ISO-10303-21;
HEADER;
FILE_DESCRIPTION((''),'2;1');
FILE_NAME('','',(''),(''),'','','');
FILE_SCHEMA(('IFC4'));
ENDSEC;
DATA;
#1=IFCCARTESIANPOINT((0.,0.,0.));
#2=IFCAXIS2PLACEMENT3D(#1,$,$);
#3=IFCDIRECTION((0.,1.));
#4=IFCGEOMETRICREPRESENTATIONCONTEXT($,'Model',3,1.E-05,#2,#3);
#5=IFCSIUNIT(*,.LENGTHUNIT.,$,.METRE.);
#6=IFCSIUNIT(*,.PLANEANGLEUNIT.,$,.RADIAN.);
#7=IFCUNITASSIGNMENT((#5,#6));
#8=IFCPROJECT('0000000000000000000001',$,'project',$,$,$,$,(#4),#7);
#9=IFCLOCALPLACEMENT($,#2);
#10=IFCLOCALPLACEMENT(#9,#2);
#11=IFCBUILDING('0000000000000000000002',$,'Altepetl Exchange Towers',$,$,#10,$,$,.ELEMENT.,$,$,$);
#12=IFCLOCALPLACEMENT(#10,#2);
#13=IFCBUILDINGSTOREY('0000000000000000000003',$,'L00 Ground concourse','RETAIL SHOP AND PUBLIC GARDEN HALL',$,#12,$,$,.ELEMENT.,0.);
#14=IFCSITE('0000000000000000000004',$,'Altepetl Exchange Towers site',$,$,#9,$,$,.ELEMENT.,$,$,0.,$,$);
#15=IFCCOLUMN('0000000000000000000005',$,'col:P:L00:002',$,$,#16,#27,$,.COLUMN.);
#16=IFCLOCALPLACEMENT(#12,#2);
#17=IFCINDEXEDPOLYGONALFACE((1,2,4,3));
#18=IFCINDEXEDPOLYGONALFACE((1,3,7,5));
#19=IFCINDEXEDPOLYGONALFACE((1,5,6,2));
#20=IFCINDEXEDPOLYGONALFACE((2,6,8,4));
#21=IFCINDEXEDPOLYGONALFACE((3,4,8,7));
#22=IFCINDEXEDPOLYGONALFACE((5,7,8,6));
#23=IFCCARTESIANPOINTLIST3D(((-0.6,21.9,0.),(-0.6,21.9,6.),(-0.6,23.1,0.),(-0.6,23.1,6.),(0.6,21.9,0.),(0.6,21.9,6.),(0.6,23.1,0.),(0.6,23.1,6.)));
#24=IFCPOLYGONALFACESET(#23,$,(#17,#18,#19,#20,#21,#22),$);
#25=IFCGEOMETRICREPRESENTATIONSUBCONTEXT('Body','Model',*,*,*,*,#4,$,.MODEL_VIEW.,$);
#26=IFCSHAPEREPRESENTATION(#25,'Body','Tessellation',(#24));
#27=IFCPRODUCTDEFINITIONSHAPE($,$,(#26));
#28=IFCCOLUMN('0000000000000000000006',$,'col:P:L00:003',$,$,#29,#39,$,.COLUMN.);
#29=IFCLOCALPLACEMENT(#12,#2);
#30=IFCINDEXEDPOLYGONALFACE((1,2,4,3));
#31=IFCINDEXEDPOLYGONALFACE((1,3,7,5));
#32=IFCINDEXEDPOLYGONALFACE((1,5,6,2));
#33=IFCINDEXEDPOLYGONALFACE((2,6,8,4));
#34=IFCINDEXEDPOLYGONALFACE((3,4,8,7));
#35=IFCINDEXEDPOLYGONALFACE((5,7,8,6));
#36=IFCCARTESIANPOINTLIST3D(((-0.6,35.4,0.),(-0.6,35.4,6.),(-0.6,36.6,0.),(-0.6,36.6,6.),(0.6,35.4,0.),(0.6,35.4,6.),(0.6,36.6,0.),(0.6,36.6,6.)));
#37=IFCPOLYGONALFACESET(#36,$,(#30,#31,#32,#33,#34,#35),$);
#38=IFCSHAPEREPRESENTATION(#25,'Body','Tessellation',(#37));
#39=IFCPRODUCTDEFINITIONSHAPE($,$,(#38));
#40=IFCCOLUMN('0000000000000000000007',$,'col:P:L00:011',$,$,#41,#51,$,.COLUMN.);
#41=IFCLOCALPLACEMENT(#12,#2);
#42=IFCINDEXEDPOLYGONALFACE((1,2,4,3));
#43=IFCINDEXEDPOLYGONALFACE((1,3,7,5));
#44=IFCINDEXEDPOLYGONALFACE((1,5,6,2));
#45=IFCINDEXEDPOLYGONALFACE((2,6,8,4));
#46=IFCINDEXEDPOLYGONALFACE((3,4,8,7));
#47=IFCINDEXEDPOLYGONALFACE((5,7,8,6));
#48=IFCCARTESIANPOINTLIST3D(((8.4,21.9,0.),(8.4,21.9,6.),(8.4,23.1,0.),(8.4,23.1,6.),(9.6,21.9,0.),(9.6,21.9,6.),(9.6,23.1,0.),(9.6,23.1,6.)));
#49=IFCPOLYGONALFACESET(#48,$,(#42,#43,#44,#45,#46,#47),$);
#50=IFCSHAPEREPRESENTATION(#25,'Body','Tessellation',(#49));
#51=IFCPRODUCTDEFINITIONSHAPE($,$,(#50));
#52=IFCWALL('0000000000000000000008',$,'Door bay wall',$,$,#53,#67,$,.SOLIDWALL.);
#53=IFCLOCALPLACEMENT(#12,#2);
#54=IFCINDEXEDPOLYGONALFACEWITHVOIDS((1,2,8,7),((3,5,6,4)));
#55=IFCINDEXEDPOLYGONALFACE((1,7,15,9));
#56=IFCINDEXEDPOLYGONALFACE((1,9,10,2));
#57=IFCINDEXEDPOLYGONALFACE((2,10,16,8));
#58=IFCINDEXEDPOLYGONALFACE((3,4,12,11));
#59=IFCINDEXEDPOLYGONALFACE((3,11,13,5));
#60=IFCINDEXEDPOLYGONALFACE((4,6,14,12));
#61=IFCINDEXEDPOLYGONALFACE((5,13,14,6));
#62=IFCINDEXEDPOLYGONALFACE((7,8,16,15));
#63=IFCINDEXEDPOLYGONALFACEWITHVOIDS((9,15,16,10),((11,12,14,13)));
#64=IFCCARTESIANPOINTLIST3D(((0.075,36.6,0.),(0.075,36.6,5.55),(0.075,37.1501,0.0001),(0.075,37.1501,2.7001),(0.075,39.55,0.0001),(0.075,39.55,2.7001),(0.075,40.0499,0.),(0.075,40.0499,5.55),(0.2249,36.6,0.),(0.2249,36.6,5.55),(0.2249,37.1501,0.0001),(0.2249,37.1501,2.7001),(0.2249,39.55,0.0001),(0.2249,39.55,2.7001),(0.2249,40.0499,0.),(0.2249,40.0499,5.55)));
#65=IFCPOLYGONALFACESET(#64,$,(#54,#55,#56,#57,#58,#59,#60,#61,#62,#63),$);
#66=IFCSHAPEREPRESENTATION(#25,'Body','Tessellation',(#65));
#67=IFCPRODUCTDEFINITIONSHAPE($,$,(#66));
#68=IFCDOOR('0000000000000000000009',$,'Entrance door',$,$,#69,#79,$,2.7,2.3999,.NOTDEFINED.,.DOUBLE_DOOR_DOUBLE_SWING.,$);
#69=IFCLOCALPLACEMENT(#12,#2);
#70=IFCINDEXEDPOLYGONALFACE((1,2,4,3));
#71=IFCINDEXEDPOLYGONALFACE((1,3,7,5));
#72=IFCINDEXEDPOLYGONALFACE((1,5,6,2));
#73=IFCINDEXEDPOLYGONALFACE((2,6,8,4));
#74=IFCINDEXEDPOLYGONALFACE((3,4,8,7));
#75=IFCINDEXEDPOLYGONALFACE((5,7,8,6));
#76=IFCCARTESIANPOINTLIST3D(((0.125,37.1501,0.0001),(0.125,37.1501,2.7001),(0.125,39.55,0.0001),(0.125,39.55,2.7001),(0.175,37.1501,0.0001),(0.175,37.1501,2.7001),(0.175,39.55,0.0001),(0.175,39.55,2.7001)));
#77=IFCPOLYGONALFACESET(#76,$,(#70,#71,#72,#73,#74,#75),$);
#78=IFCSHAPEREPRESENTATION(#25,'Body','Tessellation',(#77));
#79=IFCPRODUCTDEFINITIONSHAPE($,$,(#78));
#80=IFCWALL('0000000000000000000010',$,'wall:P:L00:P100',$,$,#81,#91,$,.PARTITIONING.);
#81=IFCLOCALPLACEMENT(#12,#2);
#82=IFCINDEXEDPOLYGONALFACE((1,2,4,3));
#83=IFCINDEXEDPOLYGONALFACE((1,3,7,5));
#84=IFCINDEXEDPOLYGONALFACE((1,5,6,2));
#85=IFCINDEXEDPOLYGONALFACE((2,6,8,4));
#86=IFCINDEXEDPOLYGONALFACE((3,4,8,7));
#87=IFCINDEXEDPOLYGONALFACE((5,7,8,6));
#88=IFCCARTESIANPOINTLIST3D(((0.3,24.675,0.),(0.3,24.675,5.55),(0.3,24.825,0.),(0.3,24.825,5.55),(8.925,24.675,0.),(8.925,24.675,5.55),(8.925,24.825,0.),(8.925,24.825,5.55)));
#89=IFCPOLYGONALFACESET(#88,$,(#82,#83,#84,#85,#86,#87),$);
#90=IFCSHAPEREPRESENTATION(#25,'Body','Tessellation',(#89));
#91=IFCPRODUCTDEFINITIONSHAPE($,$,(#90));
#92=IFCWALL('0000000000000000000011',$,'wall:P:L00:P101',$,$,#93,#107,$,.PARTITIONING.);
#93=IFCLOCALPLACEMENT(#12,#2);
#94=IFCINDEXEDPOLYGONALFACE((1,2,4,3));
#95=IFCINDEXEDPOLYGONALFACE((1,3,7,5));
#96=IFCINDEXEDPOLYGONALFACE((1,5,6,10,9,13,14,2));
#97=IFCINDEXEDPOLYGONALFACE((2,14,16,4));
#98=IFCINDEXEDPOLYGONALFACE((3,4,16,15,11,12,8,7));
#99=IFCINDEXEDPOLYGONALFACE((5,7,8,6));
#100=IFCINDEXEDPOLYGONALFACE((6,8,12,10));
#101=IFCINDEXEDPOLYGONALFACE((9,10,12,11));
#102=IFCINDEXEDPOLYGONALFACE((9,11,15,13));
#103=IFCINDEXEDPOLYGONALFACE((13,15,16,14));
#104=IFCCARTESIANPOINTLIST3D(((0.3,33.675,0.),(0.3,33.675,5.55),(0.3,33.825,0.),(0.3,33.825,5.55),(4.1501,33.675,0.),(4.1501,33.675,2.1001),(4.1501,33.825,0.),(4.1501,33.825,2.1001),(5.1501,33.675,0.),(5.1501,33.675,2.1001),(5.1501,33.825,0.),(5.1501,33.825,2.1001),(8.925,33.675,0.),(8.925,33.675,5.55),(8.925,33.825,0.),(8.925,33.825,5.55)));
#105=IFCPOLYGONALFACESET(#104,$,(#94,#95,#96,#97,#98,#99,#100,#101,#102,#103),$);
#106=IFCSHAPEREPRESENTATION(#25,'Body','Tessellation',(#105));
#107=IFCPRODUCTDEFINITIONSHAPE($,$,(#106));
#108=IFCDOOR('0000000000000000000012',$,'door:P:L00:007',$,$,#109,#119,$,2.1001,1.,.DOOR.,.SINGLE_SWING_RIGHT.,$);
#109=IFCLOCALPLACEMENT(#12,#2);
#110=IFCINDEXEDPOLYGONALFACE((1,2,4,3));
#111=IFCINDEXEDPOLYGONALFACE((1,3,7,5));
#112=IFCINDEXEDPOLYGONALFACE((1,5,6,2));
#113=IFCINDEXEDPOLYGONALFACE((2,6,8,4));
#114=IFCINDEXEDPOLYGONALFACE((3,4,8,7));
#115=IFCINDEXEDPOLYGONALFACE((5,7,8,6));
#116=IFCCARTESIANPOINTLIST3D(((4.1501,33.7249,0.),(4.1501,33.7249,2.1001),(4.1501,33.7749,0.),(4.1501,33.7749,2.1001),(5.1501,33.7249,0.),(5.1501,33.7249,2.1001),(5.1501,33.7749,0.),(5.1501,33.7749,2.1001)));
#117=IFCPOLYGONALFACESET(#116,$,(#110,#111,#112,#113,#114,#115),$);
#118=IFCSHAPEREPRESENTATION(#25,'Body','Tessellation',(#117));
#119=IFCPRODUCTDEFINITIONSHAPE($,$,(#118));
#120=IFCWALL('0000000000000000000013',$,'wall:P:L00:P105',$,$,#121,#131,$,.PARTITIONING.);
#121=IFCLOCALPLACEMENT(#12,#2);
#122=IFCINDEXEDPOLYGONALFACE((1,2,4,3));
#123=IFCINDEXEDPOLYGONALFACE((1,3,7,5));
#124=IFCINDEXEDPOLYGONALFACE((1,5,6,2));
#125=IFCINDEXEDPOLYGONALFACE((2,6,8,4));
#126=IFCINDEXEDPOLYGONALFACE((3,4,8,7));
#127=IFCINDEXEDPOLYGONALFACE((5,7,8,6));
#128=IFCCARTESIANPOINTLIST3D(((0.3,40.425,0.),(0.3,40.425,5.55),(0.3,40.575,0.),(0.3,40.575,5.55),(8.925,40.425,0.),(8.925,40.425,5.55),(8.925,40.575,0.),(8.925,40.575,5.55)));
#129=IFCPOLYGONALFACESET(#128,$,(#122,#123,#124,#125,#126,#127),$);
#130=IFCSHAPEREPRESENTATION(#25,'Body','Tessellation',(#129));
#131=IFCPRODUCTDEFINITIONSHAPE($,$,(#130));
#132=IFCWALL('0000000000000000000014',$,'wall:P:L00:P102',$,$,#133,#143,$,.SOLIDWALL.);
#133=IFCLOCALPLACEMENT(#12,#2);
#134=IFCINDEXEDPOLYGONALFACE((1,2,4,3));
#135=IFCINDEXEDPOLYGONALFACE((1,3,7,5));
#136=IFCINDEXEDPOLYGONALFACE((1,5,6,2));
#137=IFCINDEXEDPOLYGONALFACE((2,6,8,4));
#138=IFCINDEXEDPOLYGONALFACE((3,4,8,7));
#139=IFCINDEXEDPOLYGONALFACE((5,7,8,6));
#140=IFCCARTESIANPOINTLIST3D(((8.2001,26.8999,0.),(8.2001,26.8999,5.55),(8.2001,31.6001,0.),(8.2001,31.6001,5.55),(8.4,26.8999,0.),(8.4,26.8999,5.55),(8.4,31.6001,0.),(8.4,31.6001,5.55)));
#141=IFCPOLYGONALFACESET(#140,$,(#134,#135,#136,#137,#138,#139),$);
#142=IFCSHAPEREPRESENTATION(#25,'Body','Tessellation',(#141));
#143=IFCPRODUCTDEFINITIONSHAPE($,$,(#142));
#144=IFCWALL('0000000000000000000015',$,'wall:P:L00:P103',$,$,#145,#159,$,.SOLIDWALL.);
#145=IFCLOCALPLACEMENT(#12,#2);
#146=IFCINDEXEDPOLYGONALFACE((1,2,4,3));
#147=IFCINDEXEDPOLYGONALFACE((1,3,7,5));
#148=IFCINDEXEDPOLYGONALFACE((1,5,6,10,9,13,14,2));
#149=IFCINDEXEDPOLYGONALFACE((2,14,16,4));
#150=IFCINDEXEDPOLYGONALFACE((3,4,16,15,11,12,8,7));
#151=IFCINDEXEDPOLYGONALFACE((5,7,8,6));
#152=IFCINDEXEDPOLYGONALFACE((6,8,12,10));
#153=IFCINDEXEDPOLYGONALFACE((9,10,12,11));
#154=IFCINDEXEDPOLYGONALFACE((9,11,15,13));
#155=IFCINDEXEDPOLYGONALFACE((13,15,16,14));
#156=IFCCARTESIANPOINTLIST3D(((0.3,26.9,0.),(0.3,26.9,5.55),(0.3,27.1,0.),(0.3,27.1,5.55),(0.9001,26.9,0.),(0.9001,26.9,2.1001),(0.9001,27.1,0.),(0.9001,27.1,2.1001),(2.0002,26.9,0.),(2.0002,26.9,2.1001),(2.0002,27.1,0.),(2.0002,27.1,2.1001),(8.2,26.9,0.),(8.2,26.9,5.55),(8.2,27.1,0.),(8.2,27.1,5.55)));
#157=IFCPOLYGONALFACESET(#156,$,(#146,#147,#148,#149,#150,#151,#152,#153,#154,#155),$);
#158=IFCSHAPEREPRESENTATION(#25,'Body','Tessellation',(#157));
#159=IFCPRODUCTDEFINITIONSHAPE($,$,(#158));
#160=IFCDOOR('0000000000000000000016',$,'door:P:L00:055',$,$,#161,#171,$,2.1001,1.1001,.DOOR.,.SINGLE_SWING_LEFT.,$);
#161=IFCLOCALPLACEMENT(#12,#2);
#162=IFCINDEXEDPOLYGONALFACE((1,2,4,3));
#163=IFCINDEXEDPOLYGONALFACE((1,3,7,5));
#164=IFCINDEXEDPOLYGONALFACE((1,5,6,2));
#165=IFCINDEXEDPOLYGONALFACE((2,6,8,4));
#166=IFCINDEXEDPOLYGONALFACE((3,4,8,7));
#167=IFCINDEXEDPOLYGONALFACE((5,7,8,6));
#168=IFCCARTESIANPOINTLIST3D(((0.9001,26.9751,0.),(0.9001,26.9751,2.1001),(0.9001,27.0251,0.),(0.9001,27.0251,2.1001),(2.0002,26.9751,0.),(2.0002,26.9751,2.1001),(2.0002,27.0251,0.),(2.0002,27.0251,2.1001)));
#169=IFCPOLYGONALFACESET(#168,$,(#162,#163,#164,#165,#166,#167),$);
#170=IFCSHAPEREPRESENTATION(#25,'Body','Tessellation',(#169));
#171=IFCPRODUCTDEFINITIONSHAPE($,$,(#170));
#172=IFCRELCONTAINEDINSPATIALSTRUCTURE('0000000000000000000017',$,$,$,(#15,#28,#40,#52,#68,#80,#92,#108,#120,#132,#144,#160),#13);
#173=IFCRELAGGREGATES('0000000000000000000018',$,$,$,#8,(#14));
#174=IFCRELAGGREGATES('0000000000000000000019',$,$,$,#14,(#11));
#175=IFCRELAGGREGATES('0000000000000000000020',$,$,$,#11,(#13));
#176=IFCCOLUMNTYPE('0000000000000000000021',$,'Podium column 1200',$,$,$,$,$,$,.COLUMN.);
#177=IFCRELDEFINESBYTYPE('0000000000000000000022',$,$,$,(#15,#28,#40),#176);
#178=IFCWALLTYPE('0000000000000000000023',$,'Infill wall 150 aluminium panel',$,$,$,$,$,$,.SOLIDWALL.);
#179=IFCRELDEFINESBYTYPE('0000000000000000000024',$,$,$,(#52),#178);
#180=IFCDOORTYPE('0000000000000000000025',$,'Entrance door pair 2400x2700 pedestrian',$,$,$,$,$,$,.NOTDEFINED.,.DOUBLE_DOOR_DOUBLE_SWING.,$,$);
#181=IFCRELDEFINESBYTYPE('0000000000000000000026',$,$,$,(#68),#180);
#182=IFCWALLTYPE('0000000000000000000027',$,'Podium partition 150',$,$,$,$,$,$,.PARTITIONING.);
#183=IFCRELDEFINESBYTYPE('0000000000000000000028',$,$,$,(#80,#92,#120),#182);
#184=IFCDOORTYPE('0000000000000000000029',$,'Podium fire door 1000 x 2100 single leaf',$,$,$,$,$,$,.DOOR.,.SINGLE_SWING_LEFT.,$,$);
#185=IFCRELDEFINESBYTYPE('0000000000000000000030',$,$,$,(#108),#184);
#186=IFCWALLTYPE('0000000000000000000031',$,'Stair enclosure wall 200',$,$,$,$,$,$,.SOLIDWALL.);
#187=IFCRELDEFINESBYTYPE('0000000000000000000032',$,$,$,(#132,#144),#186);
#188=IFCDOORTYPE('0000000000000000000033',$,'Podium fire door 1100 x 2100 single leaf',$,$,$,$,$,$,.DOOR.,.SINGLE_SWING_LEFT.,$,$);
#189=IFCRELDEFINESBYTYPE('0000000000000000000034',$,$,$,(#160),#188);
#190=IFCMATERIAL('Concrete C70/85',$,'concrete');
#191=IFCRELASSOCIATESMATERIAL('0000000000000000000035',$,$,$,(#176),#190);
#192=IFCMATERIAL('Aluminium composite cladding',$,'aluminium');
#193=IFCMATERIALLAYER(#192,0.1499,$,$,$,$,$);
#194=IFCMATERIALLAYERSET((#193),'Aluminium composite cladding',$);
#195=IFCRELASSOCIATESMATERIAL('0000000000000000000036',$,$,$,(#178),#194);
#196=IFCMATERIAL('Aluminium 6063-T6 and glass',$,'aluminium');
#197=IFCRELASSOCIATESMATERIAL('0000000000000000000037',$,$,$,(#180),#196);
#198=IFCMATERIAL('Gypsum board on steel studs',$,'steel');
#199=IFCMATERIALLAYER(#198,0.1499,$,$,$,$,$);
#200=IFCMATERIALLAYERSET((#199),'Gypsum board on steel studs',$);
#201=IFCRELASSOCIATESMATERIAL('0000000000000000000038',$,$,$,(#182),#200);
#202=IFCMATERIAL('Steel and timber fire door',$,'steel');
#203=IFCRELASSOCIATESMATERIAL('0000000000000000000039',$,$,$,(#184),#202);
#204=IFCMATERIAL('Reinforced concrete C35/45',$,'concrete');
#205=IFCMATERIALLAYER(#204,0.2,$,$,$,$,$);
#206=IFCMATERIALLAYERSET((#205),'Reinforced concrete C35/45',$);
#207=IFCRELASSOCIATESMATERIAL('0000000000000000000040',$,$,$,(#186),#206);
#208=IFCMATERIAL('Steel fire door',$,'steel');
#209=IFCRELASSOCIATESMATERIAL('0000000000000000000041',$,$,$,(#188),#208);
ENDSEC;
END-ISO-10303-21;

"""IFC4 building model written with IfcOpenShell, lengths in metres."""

from ifc_helpers import new_model, si_unit, direction, frame, frame_2d, origin, origin_2d, place, context, subcontext, project, spatial, rectangle, extrude, material, layer, layer_set, material_profile, profile_set, type_object, element, fill, save


model = new_model("IFC4")

# Units and contexts
model_context = context("Model", 3, precision=1e-05, world=origin(), true_north=direction((0.0, 1.0)))
body_context = subcontext(model_context, "Body", "Model", "MODEL_VIEW")
ifc_project = project(units=[si_unit("LENGTHUNIT", "METRE"), si_unit("PLANEANGLEUNIT", "RADIAN")], contexts=[model_context])

# Site, building, storey
site_placement = place(None, origin())
site = spatial("IfcSite", under=ifc_project, at=site_placement, Name="Altepetl Exchange Towers site", CompositionType="ELEMENT", RefElevation=0.0)
building_placement = place(site_placement, origin())
building = spatial("IfcBuilding", under=site, at=building_placement, Name="Altepetl Exchange Towers", CompositionType="ELEMENT")
storey_placement = place(building_placement, origin())
storey = spatial("IfcBuildingStorey", under=building, at=storey_placement, Name="L00 Ground concourse", Description="RETAIL SHOP AND PUBLIC GARDEN HALL", CompositionType="ELEMENT", Elevation=0.0)

# Columns
ifc_material_1 = material(Name="Concrete C70/85", Category="concrete")
ifc_material_profile = material_profile(ifc_material_1, rectangle(XDim=1.2, YDim=1.2, at=origin_2d()), Name="1200 x 1200")
ifc_profile_set = profile_set([ifc_material_profile], Name="Concrete C70/85")
column_type = type_object("IfcColumnType", Name="Podium column 1200", PredefinedType="COLUMN", material=ifc_profile_set)
for number, where, name in (
    (1, (0.0, 22.5, 0.0), "col:P:L00:002"),
    (2, (0.0, 36.0, 0.0), "col:P:L00:003"),
    (3, (9.0, 22.5, 0.0), "col:P:L00:011"),
):
    element("IfcColumn", number, at=place(storey_placement, frame(where)), inside=storey, type_object=column_type, Name=name, PredefinedType="COLUMN", context=body_context, shape_type="SweptSolid", body=[
        extrude(rectangle(XDim=1.2, YDim=1.2, at=origin_2d()), origin(), (0.0, 0.0, 1.0), 6.0),
    ])

# Wall, opening, door
ifc_material_2 = material(Name="Aluminium composite cladding", Category="aluminium")
ifc_layer_1 = layer(ifc_material_2, 0.1499)
ifc_layer_set_1 = layer_set([ifc_layer_1], Name="Aluminium composite cladding")
wall_type_1 = type_object("IfcWallType", Name="Infill wall 150 aluminium panel", PredefinedType="SOLIDWALL", material=ifc_layer_set_1)
wall_1_placement = place(storey_placement, frame((0.1499, 40.05, 0.0), z_axis=(0.0, 0.0, 1.0), x_axis=(0.0, -1.0, 0.0)))
wall_1 = element("IfcWall", 4, at=wall_1_placement, inside=storey, type_object=wall_type_1, Name="Door bay wall", PredefinedType="SOLIDWALL", context=body_context, shape_type="SweptSolid", body=[
    extrude(rectangle(XDim=3.45, YDim=0.1499, at=frame_2d((1.7251, 0.0))), origin(), (0.0, 0.0, 1.0), 5.55),
])
opening_1_placement = place(wall_1_placement, frame((0.5, 0.0, 0.0)))
opening_1 = element("IfcOpeningElement", 5, at=opening_1_placement, cuts=wall_1, PredefinedType="OPENING", context=body_context, shape_type="SweptSolid", body=[
    extrude(rectangle(XDim=2.3999, YDim=2.7, at=frame_2d((1.2, 1.3501))), frame((0.0, 0.085, 0.0), z_axis=(0.0, -1.0, 0.0), x_axis=(1.0, 0.0, 0.0)), (0.0, 0.0, 1.0), 0.1699),
])
ifc_material_3 = material(Name="Aluminium 6063-T6 and glass", Category="aluminium")
door_type_1 = type_object("IfcDoorType", Name="Entrance door pair 2400x2700 pedestrian", OperationType="DOUBLE_DOOR_DOUBLE_SWING", PredefinedType="NOTDEFINED", material=ifc_material_3)
door_1_placement = place(opening_1_placement, frame((2.3999, 0.0, 0.0), x_axis=(-1.0, 0.0, 0.0)))
door_1 = element("IfcDoor", 6, at=door_1_placement, inside=storey, type_object=door_type_1, Name="Entrance door", OperationType="DOUBLE_DOOR_DOUBLE_SWING", OverallHeight=2.7, OverallWidth=2.3999, PredefinedType="NOTDEFINED", context=body_context, shape_type="SweptSolid", body=[
    extrude(rectangle(XDim=2.3999, YDim=2.7, at=frame_2d((1.2, 1.3501))), frame((0.0, 0.0249, 0.0), z_axis=(0.0, -1.0, 0.0), x_axis=(1.0, 0.0, 0.0)), (0.0, 0.0, 1.0), 0.05),
])
fill(opening_1, door_1)

# Wall
ifc_material_4 = material(Name="Gypsum board on steel studs", Category="steel")
ifc_layer_2 = layer(ifc_material_4, 0.1499)
ifc_layer_set_2 = layer_set([ifc_layer_2], Name="Gypsum board on steel studs")
wall_type_2 = type_object("IfcWallType", Name="Podium partition 150", PredefinedType="PARTITIONING", material=ifc_layer_set_2)
wall_2_placement = place(storey_placement, frame((0.3, 24.75, 0.0)))
element("IfcWall", 7, at=wall_2_placement, inside=storey, type_object=wall_type_2, Name="wall:P:L00:P100", PredefinedType="PARTITIONING", context=body_context, shape_type="SweptSolid", body=[
    extrude(rectangle(XDim=8.625, YDim=0.1499, at=frame_2d((4.3125, 0.0))), origin(), (0.0, 0.0, 1.0), 5.55),
])

# Wall, opening, door
wall_3_placement = place(storey_placement, frame((0.3, 33.75, 0.0)))
wall_3 = element("IfcWall", 8, at=wall_3_placement, inside=storey, type_object=wall_type_2, Name="wall:P:L00:P101", PredefinedType="PARTITIONING", context=body_context, shape_type="SweptSolid", body=[
    extrude(rectangle(XDim=8.625, YDim=0.1499, at=frame_2d((4.3125, 0.0))), origin(), (0.0, 0.0, 1.0), 5.55),
])
opening_2_placement = place(wall_3_placement, frame((3.8501, 0.0, 0.0)))
opening_2 = element("IfcOpeningElement", 9, at=opening_2_placement, cuts=wall_3, PredefinedType="OPENING", context=body_context, shape_type="SweptSolid", body=[
    extrude(rectangle(XDim=1.0, YDim=2.1001, at=frame_2d((0.5, 1.05))), frame((0.0, 0.085, 0.0), z_axis=(0.0, -1.0, 0.0), x_axis=(1.0, 0.0, 0.0)), (0.0, 0.0, 1.0), 0.1699),
])
ifc_material_5 = material(Name="Steel and timber fire door", Category="steel")
door_type_2 = type_object("IfcDoorType", Name="Podium fire door 1000 x 2100 single leaf", OperationType="SINGLE_SWING_LEFT", PredefinedType="DOOR", material=ifc_material_5)
door_2_placement = place(opening_2_placement, origin())
door_2 = element("IfcDoor", 10, at=door_2_placement, inside=storey, type_object=door_type_2, Name="door:P:L00:007", OperationType="SINGLE_SWING_RIGHT", OverallHeight=2.1001, OverallWidth=1.0, PredefinedType="DOOR", context=body_context, shape_type="SweptSolid", body=[
    extrude(rectangle(XDim=1.0, YDim=2.1001, at=frame_2d((0.5, 1.05))), frame((0.0, 0.0249, 0.0), z_axis=(0.0, -1.0, 0.0), x_axis=(1.0, 0.0, 0.0)), (0.0, 0.0, 1.0), 0.05),
])
fill(opening_2, door_2)

# Walls
wall_4_placement = place(storey_placement, frame((0.3, 40.5, 0.0)))
element("IfcWall", 11, at=wall_4_placement, inside=storey, type_object=wall_type_2, Name="wall:P:L00:P105", PredefinedType="PARTITIONING", context=body_context, shape_type="SweptSolid", body=[
    extrude(rectangle(XDim=8.625, YDim=0.1499, at=frame_2d((4.3125, 0.0))), origin(), (0.0, 0.0, 1.0), 5.55),
])
ifc_material_6 = material(Name="Reinforced concrete C35/45", Category="concrete")
ifc_layer_3 = layer(ifc_material_6, 0.2)
ifc_layer_set_3 = layer_set([ifc_layer_3], Name="Reinforced concrete C35/45")
wall_type_3 = type_object("IfcWallType", Name="Stair enclosure wall 200", PredefinedType="SOLIDWALL", material=ifc_layer_set_3)
wall_5_placement = place(storey_placement, frame((8.3, 26.8999, 0.0), z_axis=(0.0, 0.0, 1.0), x_axis=(0.0, 1.0, 0.0)))
element("IfcWall", 12, at=wall_5_placement, inside=storey, type_object=wall_type_3, Name="wall:P:L00:P102", PredefinedType="SOLIDWALL", context=body_context, shape_type="SweptSolid", body=[
    extrude(rectangle(XDim=4.7002, YDim=0.2, at=frame_2d((2.3501, 0.0))), origin(), (0.0, 0.0, 1.0), 5.55),
])

# Wall, opening, door
wall_6_placement = place(storey_placement, frame((0.3, 27.0, 0.0)))
wall_6 = element("IfcWall", 13, at=wall_6_placement, inside=storey, type_object=wall_type_3, Name="wall:P:L00:P103", PredefinedType="SOLIDWALL", context=body_context, shape_type="SweptSolid", body=[
    extrude(rectangle(XDim=7.8999, YDim=0.2, at=frame_2d((3.95, 0.0))), origin(), (0.0, 0.0, 1.0), 5.55),
])
opening_3_placement = place(wall_6_placement, frame((0.6001, 0.0, 0.0)))
opening_3 = element("IfcOpeningElement", 14, at=opening_3_placement, cuts=wall_6, PredefinedType="OPENING", context=body_context, shape_type="SweptSolid", body=[
    extrude(rectangle(XDim=1.1001, YDim=2.1001, at=frame_2d((0.55, 1.05))), frame((0.0, 0.1099, 0.0), z_axis=(0.0, -1.0, 0.0), x_axis=(1.0, 0.0, 0.0)), (0.0, 0.0, 1.0), 0.22),
])
ifc_material_7 = material(Name="Steel fire door", Category="steel")
door_type_3 = type_object("IfcDoorType", Name="Podium fire door 1100 x 2100 single leaf", OperationType="SINGLE_SWING_LEFT", PredefinedType="DOOR", material=ifc_material_7)
door_3_placement = place(opening_3_placement, frame((1.1001, 0.0, 0.0), x_axis=(-1.0, 0.0, 0.0)))
door_3 = element("IfcDoor", 15, at=door_3_placement, inside=storey, type_object=door_type_3, Name="door:P:L00:055", OperationType="SINGLE_SWING_LEFT", OverallHeight=2.1001, OverallWidth=1.1001, PredefinedType="DOOR", context=body_context, shape_type="SweptSolid", body=[
    extrude(rectangle(XDim=1.1001, YDim=2.1001, at=frame_2d((0.55, 1.05))), frame((0.0, 0.0249, 0.0), z_axis=(0.0, -1.0, 0.0), x_axis=(1.0, 0.0, 0.0)), (0.0, 0.0, 1.0), 0.05),
])
fill(opening_3, door_3)

save(model, "model.ifc")
